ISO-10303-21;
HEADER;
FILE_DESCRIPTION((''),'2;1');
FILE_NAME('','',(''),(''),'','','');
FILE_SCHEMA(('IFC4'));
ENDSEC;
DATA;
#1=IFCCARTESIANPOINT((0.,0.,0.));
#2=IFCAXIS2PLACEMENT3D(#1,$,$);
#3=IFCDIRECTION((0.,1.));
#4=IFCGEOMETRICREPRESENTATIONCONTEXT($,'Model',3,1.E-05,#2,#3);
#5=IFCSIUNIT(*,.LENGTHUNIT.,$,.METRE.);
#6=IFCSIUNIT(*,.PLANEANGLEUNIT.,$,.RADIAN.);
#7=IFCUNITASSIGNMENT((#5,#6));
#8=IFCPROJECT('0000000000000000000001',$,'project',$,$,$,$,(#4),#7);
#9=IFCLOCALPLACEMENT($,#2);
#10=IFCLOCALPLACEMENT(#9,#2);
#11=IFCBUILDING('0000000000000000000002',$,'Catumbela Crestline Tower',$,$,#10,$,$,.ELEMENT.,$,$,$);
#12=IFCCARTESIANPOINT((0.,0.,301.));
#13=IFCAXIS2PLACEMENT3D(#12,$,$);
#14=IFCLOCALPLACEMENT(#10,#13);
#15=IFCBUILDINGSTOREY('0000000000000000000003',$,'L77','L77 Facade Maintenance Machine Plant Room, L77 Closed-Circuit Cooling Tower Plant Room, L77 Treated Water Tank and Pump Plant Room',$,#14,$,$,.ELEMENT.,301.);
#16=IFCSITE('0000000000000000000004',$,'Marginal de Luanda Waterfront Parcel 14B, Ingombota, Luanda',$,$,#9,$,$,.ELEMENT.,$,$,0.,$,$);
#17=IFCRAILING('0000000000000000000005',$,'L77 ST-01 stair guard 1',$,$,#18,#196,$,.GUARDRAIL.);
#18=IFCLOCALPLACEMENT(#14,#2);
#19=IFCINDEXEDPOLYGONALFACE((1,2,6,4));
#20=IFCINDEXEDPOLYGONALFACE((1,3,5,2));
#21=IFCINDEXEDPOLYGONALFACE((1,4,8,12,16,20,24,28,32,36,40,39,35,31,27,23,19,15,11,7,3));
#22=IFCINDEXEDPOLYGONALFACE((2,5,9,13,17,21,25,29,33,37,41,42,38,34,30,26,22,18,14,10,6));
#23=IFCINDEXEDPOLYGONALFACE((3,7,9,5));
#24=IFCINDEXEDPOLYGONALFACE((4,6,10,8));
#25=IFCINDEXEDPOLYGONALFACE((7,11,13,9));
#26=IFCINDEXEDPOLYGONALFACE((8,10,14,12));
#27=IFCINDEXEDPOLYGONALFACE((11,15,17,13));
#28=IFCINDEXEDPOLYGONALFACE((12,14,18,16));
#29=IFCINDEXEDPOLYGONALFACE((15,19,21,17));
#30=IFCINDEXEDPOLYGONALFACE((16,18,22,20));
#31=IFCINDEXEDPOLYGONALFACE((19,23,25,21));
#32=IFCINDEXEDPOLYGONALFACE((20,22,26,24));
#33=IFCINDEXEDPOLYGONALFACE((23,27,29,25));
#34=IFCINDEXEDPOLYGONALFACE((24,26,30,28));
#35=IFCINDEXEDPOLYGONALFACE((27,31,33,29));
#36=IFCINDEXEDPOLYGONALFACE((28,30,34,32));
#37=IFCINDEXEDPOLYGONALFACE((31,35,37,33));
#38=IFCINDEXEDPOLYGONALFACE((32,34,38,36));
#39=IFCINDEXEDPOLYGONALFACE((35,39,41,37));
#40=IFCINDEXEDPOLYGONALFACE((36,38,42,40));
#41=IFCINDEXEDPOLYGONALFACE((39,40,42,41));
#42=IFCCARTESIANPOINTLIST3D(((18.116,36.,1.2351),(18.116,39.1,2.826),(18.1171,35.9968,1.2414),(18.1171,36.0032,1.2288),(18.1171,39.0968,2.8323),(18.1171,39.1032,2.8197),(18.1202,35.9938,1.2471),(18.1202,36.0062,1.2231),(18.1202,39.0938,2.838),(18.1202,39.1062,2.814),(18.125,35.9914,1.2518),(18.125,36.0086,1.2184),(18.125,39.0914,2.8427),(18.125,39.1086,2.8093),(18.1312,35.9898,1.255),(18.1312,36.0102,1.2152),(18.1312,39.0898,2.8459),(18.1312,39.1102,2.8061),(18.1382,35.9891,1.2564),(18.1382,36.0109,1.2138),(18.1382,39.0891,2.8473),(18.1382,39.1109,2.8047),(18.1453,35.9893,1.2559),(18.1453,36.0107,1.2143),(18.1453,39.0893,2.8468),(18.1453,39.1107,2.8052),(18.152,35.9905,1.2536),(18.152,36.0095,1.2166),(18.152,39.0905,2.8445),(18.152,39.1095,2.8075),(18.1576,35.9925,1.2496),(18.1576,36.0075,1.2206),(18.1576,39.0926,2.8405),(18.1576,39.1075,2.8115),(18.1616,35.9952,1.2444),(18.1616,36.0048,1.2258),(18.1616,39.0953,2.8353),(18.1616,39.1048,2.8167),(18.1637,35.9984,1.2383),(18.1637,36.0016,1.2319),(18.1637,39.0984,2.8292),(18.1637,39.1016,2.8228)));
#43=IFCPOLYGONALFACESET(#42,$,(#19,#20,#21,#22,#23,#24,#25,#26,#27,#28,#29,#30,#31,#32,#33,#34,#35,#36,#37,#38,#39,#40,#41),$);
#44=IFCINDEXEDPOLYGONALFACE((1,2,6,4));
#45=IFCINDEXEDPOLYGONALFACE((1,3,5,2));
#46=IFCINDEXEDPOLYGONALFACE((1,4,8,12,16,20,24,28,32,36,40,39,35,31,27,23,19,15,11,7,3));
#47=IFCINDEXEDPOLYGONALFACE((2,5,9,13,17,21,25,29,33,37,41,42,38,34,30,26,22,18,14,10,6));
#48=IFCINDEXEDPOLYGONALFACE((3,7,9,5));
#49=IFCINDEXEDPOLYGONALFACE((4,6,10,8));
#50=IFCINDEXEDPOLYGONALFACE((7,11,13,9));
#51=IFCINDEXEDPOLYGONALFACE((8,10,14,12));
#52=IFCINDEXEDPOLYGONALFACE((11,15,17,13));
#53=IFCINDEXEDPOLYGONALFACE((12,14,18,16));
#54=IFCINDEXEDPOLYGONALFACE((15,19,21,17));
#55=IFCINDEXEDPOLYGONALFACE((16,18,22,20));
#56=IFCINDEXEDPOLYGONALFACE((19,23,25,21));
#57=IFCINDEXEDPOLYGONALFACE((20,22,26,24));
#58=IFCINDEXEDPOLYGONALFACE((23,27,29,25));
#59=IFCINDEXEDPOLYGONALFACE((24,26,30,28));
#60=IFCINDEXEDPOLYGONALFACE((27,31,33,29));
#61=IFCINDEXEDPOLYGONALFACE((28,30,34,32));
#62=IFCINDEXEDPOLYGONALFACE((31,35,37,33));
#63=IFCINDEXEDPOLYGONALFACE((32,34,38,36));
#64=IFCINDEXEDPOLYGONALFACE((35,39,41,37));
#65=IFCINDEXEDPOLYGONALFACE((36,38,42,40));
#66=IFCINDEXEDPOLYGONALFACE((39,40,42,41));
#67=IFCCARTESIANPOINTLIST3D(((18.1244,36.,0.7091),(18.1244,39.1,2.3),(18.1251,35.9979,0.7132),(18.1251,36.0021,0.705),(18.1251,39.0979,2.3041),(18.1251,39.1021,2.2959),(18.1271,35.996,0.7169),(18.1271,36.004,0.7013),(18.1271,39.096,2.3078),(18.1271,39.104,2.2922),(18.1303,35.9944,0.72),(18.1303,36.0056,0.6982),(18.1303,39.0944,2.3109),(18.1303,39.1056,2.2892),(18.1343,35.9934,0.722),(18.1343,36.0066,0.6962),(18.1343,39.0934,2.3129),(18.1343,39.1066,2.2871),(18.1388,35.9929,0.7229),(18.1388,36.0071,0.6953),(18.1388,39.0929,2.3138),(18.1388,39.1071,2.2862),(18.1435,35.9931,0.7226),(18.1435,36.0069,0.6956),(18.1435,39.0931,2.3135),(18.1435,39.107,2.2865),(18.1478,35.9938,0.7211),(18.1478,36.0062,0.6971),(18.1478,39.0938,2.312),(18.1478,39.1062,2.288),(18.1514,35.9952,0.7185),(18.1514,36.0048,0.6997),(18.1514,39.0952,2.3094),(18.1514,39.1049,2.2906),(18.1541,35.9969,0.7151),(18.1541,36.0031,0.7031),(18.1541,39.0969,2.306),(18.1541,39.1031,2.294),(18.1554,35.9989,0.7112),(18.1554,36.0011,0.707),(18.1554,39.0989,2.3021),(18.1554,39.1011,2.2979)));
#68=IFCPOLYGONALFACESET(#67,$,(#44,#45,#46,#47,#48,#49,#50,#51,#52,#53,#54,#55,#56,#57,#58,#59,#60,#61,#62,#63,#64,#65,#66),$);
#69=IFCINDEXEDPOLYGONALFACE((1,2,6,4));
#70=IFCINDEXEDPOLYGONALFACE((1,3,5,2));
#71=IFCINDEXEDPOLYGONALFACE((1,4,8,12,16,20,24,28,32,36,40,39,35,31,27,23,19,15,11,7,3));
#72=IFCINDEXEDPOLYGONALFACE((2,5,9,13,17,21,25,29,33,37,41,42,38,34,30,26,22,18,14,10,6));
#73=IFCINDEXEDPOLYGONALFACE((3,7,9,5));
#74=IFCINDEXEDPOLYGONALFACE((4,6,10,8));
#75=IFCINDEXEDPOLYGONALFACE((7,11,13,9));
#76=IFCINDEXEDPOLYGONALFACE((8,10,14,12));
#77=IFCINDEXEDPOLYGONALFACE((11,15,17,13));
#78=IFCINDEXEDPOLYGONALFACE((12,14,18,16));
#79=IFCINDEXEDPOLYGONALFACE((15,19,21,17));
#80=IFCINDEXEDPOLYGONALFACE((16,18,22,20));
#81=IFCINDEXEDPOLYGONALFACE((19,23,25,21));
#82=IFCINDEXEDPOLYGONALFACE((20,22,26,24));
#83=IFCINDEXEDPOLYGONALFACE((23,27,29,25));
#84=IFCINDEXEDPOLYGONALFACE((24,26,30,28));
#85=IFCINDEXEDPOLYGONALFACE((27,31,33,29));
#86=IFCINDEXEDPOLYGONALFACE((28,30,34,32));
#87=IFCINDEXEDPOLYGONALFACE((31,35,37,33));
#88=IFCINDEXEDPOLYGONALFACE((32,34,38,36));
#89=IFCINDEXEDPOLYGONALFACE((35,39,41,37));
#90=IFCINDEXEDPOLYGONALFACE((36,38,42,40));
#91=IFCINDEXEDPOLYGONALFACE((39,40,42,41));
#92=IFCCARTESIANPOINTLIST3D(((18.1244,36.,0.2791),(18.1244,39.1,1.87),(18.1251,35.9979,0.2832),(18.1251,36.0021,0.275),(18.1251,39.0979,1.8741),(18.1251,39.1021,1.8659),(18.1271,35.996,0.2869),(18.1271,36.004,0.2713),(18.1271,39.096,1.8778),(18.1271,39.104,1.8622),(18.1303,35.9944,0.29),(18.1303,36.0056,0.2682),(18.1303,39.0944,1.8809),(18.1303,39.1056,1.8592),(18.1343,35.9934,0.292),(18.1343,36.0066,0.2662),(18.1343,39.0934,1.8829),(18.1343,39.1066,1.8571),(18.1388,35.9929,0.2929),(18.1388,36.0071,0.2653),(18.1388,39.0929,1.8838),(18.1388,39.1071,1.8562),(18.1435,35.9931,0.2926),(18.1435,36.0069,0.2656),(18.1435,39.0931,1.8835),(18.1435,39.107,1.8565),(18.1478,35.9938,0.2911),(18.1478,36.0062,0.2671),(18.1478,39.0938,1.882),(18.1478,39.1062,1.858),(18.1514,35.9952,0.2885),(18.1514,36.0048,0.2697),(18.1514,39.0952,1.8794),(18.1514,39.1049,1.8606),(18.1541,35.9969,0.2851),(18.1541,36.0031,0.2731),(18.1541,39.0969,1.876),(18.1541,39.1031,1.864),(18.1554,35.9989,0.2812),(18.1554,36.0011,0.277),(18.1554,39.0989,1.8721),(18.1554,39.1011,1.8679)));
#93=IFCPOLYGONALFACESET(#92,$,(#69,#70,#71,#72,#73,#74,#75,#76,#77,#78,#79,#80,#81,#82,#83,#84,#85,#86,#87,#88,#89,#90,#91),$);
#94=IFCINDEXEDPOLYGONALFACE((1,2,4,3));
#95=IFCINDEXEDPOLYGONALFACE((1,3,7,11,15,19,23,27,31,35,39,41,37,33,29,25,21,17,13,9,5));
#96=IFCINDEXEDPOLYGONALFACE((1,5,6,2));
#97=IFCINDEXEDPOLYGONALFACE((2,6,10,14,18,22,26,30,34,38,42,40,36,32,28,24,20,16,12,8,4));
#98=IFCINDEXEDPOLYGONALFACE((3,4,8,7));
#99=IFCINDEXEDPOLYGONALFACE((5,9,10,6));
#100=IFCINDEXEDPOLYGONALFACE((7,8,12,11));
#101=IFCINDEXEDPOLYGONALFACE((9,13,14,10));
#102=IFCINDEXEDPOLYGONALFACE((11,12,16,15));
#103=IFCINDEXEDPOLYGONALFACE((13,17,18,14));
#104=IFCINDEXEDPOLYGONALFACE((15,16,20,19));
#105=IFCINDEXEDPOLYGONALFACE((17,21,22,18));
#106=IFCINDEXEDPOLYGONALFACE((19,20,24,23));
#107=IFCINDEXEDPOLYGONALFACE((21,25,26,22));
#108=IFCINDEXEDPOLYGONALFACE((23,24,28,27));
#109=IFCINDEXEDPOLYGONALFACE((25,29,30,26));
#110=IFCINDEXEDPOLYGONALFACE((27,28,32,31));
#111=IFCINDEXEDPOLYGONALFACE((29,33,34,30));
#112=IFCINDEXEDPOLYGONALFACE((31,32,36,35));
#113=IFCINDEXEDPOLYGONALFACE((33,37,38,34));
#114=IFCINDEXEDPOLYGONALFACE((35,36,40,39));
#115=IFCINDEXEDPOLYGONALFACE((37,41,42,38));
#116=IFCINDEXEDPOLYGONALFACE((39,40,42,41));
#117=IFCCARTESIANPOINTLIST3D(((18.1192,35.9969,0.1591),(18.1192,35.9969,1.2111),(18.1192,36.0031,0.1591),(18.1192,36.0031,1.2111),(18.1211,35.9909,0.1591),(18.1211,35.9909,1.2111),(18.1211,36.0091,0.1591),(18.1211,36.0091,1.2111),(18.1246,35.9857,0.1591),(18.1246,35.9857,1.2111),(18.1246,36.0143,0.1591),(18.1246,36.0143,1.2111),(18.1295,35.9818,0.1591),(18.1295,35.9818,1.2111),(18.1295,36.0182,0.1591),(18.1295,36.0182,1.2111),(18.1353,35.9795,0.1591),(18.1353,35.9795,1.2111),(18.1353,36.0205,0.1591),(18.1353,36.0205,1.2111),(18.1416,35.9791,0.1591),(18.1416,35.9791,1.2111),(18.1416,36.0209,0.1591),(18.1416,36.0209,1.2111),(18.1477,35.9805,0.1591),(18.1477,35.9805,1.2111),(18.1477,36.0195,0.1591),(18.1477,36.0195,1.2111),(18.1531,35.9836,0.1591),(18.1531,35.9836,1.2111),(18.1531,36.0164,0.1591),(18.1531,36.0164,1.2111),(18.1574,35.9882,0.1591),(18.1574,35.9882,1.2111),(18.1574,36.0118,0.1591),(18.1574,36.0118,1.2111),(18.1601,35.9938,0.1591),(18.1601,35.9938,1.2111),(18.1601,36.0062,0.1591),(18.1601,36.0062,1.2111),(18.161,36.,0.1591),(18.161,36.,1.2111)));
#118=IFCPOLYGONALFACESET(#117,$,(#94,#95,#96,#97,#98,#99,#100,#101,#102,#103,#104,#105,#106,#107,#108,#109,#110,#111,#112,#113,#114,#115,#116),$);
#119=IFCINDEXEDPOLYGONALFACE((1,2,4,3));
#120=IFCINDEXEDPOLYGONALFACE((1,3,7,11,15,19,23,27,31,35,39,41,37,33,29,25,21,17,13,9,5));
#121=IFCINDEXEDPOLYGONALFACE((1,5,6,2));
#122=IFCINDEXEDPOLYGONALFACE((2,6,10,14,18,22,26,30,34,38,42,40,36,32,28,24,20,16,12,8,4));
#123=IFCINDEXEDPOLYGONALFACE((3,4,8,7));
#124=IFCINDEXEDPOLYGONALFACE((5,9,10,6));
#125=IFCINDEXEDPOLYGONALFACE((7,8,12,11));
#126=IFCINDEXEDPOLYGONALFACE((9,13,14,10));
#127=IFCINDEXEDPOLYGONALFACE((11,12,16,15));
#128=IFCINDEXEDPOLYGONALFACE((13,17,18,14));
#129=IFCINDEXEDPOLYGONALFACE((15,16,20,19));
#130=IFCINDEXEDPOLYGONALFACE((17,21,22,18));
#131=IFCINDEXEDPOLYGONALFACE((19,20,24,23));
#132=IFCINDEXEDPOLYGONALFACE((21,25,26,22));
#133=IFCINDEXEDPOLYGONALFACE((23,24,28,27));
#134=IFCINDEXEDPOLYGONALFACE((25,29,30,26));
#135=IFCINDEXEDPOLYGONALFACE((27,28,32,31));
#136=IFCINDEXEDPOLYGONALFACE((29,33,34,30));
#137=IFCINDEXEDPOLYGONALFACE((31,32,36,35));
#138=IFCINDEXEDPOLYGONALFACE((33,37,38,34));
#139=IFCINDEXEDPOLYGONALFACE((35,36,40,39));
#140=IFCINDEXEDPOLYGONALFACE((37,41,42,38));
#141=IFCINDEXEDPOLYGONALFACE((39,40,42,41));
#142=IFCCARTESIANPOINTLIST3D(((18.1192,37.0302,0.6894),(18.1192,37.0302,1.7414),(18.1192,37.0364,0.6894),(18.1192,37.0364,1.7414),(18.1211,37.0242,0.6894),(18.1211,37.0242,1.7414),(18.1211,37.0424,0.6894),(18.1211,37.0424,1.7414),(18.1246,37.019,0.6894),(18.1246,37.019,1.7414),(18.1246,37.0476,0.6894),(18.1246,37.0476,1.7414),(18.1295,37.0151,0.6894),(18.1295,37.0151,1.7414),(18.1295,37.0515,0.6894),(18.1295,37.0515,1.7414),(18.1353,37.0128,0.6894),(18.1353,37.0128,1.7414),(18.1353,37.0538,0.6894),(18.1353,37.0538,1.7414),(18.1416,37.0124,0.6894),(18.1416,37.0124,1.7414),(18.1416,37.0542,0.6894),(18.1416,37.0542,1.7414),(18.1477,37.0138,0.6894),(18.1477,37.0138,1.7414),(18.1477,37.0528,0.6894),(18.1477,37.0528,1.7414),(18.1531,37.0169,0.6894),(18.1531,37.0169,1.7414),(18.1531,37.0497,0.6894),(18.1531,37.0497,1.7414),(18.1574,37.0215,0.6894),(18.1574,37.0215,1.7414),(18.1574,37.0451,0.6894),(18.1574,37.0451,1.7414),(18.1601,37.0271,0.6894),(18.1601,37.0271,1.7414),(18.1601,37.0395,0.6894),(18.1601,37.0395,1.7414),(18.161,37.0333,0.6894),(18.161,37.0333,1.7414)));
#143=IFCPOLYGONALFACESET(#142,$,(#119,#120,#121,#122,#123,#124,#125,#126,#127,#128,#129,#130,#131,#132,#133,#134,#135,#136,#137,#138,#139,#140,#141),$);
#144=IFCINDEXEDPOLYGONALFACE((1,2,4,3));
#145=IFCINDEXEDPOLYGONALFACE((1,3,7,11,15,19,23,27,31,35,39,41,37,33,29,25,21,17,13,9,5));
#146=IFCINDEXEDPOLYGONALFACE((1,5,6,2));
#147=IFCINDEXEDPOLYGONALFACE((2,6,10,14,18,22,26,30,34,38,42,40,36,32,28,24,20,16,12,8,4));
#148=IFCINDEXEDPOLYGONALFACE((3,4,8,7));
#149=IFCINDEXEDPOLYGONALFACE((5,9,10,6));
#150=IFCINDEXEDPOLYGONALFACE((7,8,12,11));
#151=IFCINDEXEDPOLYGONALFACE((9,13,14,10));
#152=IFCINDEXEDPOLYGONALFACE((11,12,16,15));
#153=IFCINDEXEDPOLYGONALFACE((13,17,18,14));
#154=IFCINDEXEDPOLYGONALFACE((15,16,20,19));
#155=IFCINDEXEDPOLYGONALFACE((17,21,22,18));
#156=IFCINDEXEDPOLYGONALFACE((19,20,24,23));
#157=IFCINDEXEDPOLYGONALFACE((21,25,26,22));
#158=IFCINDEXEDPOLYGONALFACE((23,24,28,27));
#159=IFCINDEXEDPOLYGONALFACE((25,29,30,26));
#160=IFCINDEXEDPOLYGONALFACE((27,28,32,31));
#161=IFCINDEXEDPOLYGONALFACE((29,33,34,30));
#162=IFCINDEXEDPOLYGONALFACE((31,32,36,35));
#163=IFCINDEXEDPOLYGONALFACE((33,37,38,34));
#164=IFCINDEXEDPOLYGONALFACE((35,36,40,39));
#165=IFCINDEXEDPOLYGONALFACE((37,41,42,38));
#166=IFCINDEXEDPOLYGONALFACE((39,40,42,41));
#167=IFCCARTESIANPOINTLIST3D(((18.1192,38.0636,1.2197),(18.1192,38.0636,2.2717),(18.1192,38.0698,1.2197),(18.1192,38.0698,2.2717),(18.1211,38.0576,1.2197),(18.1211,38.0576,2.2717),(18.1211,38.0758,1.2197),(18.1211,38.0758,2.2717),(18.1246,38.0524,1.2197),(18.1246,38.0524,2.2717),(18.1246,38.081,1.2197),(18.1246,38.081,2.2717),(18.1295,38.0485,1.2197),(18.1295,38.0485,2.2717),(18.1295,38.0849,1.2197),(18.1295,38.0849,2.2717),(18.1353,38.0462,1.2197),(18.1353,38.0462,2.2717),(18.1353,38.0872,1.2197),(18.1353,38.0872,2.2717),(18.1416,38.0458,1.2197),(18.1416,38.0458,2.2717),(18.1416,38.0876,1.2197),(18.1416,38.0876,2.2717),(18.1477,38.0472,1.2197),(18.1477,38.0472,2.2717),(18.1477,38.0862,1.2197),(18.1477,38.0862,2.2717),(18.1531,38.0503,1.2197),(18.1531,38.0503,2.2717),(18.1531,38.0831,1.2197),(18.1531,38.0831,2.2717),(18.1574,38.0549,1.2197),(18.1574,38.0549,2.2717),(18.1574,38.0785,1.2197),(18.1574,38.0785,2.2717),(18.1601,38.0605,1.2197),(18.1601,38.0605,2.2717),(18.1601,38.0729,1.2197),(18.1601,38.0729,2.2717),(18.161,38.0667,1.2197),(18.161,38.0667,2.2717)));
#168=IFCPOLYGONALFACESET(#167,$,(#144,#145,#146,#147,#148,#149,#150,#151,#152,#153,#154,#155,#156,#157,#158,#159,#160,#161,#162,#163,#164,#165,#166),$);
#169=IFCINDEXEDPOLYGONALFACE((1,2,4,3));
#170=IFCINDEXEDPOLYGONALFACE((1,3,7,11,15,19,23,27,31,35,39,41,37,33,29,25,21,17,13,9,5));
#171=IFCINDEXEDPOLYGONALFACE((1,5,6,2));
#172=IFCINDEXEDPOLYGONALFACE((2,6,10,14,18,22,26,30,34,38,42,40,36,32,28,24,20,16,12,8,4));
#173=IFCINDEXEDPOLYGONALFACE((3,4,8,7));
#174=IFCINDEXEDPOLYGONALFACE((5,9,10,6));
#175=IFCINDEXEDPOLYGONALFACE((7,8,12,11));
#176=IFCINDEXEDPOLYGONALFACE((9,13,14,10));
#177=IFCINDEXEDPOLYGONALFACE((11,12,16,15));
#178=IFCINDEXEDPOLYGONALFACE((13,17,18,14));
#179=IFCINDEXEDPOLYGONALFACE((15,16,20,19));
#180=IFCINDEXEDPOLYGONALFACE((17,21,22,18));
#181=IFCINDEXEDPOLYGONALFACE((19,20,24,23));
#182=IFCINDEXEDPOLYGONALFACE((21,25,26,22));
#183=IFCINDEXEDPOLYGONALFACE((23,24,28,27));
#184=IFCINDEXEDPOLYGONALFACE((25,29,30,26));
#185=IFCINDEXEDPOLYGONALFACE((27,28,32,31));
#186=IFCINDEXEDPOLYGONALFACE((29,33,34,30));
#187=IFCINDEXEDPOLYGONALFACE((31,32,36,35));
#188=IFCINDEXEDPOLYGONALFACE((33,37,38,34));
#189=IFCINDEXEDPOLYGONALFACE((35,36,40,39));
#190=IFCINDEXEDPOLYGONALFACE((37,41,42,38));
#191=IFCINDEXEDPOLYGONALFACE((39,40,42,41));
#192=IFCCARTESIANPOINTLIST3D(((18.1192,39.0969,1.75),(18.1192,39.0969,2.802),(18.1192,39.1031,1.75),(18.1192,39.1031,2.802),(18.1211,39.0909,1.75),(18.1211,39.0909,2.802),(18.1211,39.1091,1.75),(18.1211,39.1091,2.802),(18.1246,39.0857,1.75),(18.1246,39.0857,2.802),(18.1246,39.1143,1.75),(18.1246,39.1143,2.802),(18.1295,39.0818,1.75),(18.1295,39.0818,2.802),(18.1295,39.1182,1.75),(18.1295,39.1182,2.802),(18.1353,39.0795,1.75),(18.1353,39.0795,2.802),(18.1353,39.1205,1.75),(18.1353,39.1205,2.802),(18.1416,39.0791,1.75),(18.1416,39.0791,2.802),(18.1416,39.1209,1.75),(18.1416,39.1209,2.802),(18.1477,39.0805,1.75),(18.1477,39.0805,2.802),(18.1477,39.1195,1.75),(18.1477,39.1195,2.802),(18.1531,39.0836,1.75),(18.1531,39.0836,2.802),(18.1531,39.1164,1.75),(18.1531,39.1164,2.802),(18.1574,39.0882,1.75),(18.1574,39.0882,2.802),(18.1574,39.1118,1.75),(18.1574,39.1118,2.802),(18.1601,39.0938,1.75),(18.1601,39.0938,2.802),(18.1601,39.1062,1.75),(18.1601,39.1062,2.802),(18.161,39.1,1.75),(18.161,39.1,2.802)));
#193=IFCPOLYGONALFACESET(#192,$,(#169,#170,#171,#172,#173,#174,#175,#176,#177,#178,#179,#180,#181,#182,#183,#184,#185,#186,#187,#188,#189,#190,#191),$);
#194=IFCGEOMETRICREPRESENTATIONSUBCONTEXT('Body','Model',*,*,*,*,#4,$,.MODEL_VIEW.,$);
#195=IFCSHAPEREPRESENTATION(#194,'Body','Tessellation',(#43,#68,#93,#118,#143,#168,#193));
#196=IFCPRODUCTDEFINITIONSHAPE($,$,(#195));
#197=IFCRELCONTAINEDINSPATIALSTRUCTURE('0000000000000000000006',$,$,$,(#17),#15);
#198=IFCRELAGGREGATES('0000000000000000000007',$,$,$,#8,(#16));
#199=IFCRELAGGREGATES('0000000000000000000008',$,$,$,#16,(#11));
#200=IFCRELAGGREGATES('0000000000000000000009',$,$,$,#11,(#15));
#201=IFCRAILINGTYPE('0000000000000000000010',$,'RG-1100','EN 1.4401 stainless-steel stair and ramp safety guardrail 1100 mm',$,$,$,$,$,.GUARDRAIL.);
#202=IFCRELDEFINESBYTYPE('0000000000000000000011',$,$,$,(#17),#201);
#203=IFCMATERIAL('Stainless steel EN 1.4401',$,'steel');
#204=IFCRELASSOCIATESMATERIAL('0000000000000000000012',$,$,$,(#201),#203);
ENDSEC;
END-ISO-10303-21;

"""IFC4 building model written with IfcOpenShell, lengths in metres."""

from ifc_helpers import new_model, si_unit, direction, frame, origin, origin_2d, place, context, subcontext, project, spatial, circle, extrude, material, type_object, element, save


model = new_model("IFC4")

# Units and contexts
model_context = context("Model", 3, precision=1e-05, world=origin(), true_north=direction((0.0, 1.0)))
body_context = subcontext(model_context, "Body", "Model", "MODEL_VIEW")
ifc_project = project(units=[si_unit("LENGTHUNIT", "METRE"), si_unit("PLANEANGLEUNIT", "RADIAN")], contexts=[model_context])

# Site, building, storey
site_placement = place(None, origin())
site = spatial("IfcSite", under=ifc_project, at=site_placement, Name="Marginal de Luanda Waterfront Parcel 14B, Ingombota, Luanda", CompositionType="ELEMENT", RefElevation=0.0)
building_placement = place(site_placement, origin())
building = spatial("IfcBuilding", under=site, at=building_placement, Name="Catumbela Crestline Tower", CompositionType="ELEMENT")
storey_placement = place(building_placement, frame((0.0, 0.0, 301.0)))
storey = spatial("IfcBuildingStorey", under=building, at=storey_placement, Name="L77", Description="L77 Facade Maintenance Machine Plant Room, L77 Closed-Circuit Cooling Tower Plant Room, L77 Treated Water Tank and Pump Plant Room", CompositionType="ELEMENT", Elevation=301.0)

# Shared definitions
ifc_material_1 = material(Name="Stainless steel EN 1.4401", Category="steel")

# Railing
railing_type_1 = type_object("IfcRailingType", Name="RG-1100", Description="EN 1.4401 stainless-steel stair and ramp safety guardrail 1100 mm", PredefinedType="GUARDRAIL", material=ifc_material_1)
railing_1_placement = place(storey_placement, frame((18.14, 36.0, 0.1591)))
element("IfcRailing", 1, at=railing_1_placement, inside=storey, type_object=railing_type_1, Name="L77 ST-01 stair guard 1", PredefinedType="GUARDRAIL", context=body_context, shape_type="SweptSolid", body=[
    extrude(circle(Radius=0.024, at=origin_2d()), frame((0.0, 0.0, 1.076), z_axis=(0.0, 0.889683, 0.456579), x_axis=(-1.0, 0.0, 0.0)), (0.0, 0.0, 1.0), 3.4844),
    extrude(circle(Radius=0.0156, at=origin_2d()), frame((0.0, 0.0, 0.55), z_axis=(0.0, 0.889683, 0.456579), x_axis=(-1.0, 0.0, 0.0)), (0.0, 0.0, 1.0), 3.4844),
    extrude(circle(Radius=0.0156, at=origin_2d()), frame((0.0, 0.0, 0.12), z_axis=(0.0, 0.889683, 0.456579), x_axis=(-1.0, 0.0, 0.0)), (0.0, 0.0, 1.0), 3.4844),
    extrude(circle(Radius=0.021, at=origin_2d()), origin(), (0.0, 0.0, 1.0), 1.052),
    extrude(circle(Radius=0.021, at=origin_2d()), frame((0.0, 1.0333, 0.5303)), (0.0, 0.0, 1.0), 1.052),
    extrude(circle(Radius=0.021, at=origin_2d()), frame((0.0, 2.0667, 1.0606)), (0.0, 0.0, 1.0), 1.052),
    extrude(circle(Radius=0.021, at=origin_2d()), frame((0.0, 3.1, 1.5909)), (0.0, 0.0, 1.0), 1.052),
])

save(model, "model.ifc")
